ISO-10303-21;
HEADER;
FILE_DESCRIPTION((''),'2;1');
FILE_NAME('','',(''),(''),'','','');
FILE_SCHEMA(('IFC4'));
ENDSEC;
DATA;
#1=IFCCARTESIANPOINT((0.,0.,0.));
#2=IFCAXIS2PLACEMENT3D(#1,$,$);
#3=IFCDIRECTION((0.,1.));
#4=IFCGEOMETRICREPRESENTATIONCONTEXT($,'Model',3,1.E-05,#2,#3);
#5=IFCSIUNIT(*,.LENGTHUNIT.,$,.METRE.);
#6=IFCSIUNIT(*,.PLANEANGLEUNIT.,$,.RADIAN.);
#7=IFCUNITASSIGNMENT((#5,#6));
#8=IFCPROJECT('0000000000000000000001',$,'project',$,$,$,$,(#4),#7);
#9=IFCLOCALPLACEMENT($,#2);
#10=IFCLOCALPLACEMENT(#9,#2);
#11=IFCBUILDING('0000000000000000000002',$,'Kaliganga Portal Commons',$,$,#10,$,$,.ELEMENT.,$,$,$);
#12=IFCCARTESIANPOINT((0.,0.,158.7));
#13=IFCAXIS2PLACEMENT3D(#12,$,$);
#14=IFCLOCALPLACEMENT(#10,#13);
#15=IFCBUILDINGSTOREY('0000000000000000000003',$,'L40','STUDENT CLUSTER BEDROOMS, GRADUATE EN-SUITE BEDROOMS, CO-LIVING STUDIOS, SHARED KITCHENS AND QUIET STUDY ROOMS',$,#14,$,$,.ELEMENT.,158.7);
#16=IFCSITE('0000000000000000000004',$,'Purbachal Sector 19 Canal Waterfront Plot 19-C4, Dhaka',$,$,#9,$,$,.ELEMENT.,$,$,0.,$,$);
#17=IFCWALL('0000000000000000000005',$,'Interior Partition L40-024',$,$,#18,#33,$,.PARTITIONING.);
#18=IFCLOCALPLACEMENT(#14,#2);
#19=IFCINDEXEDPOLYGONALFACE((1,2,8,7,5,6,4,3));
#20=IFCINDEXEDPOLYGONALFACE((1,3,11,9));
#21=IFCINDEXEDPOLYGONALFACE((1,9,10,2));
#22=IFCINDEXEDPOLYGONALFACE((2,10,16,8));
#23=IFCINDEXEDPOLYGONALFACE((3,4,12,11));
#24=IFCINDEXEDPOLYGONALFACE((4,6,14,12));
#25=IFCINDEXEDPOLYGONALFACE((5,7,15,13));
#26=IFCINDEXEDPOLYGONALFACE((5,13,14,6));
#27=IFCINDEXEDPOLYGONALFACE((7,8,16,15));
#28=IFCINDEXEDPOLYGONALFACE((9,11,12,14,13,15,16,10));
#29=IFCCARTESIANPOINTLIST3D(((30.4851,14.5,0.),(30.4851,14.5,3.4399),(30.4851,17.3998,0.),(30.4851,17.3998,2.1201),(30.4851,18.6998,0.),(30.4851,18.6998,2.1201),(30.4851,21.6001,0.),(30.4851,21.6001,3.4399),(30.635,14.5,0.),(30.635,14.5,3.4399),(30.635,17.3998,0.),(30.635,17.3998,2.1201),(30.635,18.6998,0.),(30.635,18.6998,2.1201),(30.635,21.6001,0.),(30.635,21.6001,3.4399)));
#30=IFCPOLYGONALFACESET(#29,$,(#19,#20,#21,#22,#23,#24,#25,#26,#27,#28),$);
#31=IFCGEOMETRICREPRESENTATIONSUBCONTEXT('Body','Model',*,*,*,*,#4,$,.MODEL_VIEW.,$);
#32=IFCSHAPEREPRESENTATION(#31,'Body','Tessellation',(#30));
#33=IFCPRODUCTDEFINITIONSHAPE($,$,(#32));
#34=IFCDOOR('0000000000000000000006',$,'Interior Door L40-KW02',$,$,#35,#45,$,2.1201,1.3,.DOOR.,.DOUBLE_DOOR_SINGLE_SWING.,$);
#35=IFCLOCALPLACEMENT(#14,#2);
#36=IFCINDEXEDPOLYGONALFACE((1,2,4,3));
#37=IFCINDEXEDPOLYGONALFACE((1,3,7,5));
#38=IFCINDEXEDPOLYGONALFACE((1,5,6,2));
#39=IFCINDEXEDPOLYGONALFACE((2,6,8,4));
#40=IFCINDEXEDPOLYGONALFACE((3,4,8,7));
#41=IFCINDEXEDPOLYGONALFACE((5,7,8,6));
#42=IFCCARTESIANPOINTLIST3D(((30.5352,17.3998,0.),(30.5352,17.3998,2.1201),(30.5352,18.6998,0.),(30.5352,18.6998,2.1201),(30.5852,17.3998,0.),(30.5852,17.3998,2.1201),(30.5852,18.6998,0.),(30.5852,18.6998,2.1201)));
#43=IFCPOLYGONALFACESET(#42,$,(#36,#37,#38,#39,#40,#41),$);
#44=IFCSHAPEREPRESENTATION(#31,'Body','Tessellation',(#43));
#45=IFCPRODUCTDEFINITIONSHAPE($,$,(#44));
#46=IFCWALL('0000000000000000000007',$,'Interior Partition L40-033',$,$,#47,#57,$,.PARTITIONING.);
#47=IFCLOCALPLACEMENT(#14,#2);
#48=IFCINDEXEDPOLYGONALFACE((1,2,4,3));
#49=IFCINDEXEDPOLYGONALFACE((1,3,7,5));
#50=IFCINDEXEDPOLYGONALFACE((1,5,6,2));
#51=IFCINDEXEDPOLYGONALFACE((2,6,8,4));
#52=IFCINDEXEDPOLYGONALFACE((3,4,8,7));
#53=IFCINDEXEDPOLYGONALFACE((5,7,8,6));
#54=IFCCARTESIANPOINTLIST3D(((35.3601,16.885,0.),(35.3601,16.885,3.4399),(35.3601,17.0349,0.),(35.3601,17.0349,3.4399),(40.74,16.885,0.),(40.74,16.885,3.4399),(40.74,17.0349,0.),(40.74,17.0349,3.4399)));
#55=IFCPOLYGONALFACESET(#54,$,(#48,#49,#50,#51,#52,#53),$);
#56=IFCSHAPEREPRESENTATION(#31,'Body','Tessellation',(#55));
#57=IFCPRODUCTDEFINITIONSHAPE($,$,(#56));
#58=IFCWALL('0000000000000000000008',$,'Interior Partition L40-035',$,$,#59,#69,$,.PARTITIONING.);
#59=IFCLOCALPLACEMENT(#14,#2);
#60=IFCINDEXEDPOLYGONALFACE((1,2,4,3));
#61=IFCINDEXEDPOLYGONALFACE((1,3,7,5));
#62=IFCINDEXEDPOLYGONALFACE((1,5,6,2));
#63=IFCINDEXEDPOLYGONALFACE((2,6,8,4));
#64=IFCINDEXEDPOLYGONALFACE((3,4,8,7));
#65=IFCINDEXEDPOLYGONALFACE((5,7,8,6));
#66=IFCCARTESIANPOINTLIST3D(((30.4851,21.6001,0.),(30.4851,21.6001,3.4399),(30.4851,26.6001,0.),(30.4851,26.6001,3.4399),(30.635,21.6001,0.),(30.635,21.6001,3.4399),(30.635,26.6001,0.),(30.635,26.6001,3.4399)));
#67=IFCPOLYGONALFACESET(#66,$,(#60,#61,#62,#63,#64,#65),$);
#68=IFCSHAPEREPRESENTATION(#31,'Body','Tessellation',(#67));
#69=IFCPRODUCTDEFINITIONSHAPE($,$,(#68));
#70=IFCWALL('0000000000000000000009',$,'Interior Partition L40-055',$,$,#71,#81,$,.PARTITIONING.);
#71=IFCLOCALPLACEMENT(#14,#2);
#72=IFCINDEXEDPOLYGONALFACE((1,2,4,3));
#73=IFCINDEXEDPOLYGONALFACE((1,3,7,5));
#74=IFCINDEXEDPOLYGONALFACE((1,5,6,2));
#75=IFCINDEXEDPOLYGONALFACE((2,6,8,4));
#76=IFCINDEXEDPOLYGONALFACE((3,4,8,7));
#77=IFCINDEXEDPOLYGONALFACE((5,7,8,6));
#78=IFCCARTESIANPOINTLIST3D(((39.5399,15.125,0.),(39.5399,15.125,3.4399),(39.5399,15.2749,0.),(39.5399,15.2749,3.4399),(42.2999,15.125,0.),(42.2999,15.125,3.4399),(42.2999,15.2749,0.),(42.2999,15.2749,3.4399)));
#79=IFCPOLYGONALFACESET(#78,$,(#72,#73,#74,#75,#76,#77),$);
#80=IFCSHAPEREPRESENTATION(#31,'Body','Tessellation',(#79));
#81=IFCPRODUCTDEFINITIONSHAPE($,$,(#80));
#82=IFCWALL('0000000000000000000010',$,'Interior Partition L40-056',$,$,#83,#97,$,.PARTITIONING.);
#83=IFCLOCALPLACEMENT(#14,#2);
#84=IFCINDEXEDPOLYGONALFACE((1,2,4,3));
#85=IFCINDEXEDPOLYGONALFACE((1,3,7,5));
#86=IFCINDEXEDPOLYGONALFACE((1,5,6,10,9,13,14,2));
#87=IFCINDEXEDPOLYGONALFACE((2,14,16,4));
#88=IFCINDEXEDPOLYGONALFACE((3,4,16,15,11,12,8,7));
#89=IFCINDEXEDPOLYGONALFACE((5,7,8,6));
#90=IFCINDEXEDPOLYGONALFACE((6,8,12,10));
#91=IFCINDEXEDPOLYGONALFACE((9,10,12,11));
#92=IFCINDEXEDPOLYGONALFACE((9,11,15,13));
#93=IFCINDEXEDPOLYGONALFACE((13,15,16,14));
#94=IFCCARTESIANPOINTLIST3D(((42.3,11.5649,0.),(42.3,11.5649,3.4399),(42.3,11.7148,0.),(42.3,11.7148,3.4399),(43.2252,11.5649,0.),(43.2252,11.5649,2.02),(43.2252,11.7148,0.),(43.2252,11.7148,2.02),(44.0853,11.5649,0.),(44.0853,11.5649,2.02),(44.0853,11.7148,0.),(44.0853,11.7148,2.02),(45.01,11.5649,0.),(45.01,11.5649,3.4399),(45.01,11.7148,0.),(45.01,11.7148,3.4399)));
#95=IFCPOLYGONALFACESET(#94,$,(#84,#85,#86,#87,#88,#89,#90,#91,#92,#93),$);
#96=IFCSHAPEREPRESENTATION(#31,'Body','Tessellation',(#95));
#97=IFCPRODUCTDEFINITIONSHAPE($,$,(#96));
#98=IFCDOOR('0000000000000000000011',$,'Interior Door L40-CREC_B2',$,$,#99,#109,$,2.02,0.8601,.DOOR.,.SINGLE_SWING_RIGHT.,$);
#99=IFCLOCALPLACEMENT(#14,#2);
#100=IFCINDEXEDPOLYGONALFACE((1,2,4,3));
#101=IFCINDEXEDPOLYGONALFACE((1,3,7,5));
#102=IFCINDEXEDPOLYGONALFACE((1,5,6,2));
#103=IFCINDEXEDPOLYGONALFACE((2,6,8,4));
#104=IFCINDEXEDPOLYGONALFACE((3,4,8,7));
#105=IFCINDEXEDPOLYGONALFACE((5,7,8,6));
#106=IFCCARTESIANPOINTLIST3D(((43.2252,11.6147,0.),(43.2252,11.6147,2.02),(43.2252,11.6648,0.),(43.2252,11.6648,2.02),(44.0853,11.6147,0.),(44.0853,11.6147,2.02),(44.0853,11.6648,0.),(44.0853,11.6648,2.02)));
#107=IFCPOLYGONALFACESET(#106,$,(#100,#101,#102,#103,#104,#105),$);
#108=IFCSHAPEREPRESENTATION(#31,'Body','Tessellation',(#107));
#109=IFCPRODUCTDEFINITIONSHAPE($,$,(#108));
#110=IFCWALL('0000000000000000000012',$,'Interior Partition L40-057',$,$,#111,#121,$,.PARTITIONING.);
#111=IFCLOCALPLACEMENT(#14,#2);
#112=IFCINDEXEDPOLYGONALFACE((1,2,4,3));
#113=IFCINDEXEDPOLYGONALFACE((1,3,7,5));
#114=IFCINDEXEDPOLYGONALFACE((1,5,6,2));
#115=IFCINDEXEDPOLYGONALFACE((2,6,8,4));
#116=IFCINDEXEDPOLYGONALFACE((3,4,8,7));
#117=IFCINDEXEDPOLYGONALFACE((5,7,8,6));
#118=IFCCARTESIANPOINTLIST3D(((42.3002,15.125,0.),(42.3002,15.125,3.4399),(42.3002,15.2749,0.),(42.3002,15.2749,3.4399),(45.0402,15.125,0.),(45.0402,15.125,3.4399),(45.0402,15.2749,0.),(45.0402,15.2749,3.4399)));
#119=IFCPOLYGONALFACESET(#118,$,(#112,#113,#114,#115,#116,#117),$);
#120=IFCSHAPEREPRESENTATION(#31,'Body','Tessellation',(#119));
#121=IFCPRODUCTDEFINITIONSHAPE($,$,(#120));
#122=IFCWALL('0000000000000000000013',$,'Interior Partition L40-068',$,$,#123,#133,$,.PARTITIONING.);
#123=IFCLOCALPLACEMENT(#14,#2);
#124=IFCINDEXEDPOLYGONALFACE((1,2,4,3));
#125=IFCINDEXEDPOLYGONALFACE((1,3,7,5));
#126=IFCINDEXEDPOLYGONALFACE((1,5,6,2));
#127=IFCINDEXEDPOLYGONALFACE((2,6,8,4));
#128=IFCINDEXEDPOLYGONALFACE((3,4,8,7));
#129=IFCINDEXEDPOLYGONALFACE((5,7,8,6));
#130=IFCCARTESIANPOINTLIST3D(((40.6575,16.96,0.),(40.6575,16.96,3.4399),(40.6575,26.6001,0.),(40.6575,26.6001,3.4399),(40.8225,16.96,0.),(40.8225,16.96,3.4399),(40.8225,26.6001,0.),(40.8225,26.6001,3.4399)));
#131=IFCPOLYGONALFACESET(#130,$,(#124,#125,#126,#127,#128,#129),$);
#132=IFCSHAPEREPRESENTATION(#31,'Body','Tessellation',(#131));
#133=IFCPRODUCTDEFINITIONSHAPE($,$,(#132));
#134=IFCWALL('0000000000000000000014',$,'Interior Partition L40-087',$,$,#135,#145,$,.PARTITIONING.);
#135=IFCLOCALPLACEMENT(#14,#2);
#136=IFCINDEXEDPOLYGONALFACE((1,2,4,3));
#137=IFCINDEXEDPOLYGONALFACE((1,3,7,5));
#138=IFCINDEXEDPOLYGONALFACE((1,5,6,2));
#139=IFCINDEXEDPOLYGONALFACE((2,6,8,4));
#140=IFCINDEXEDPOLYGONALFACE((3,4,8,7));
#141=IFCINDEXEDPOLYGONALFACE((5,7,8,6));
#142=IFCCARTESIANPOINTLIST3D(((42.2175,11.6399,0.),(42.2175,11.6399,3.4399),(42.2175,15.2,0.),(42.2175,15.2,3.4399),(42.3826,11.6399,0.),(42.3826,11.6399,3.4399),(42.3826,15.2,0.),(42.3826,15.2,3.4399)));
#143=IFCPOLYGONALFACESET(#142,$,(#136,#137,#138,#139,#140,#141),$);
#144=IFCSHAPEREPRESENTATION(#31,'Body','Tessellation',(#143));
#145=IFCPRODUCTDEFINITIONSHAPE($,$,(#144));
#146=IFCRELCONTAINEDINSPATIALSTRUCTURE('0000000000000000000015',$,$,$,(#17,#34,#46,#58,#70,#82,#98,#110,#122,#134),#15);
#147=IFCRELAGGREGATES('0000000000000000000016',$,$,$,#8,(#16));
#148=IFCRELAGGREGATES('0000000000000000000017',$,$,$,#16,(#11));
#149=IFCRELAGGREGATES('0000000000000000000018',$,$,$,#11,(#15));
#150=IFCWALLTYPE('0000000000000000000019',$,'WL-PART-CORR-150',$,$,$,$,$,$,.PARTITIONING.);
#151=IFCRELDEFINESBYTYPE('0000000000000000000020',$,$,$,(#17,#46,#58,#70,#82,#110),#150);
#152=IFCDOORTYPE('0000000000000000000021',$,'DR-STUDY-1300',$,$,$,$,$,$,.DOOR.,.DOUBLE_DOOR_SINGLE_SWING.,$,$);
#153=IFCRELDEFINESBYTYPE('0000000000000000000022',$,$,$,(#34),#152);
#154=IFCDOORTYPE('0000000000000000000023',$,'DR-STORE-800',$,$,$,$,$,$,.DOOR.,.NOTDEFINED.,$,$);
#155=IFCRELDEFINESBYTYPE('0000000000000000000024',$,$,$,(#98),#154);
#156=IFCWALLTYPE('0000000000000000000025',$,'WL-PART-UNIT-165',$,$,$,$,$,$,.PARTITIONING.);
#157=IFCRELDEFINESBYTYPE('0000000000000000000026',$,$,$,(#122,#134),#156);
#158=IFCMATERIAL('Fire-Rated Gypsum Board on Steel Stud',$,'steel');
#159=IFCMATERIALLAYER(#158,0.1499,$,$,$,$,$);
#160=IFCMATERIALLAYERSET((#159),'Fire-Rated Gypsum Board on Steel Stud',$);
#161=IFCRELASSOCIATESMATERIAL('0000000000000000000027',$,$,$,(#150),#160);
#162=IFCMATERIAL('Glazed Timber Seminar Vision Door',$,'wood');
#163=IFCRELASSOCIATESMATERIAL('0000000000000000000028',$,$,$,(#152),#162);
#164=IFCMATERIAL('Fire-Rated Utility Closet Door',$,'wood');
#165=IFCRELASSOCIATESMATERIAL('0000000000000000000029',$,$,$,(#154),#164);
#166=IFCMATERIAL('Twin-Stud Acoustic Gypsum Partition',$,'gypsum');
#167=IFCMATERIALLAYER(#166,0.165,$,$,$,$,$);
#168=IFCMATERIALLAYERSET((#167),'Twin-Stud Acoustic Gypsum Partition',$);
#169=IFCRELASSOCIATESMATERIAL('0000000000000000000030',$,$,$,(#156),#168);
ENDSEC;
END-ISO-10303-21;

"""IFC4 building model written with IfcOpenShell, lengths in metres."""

from ifc_helpers import new_model, si_unit, direction, frame, frame_2d, origin, place, context, subcontext, project, spatial, rectangle, extrude, material, layer, layer_set, type_object, element, fill, save


model = new_model("IFC4")

# Units and contexts
model_context = context("Model", 3, precision=1e-05, world=origin(), true_north=direction((0.0, 1.0)))
body_context = subcontext(model_context, "Body", "Model", "MODEL_VIEW")
ifc_project = project(units=[si_unit("LENGTHUNIT", "METRE"), si_unit("PLANEANGLEUNIT", "RADIAN")], contexts=[model_context])

# Site, building, storey
site_placement = place(None, origin())
site = spatial("IfcSite", under=ifc_project, at=site_placement, Name="Purbachal Sector 19 Canal Waterfront Plot 19-C4, Dhaka", CompositionType="ELEMENT", RefElevation=0.0)
building_placement = place(site_placement, origin())
building = spatial("IfcBuilding", under=site, at=building_placement, Name="Kaliganga Portal Commons", CompositionType="ELEMENT")
storey_placement = place(building_placement, frame((0.0, 0.0, 158.7)))
storey = spatial("IfcBuildingStorey", under=building, at=storey_placement, Name="L40", Description="STUDENT CLUSTER BEDROOMS, GRADUATE EN-SUITE BEDROOMS, CO-LIVING STUDIOS, SHARED KITCHENS AND QUIET STUDY ROOMS", CompositionType="ELEMENT", Elevation=158.7)

# Wall, opening, door
ifc_material_1 = material(Name="Fire-Rated Gypsum Board on Steel Stud", Category="steel")
ifc_layer_1 = layer(ifc_material_1, 0.1499)
ifc_layer_set_1 = layer_set([ifc_layer_1], Name="Fire-Rated Gypsum Board on Steel Stud")
wall_type_1 = type_object("IfcWallType", Name="WL-PART-CORR-150", PredefinedType="PARTITIONING", material=ifc_layer_set_1)
ifc_material_2 = material(Name="Glazed Timber Seminar Vision Door", Category="wood")
door_type_1 = type_object("IfcDoorType", Name="DR-STUDY-1300", OperationType="DOUBLE_DOOR_SINGLE_SWING", PredefinedType="DOOR", material=ifc_material_2)
wall_1_placement = place(storey_placement, frame((30.5601, 14.5, 0.0), z_axis=(0.0, 0.0, 1.0), x_axis=(0.0, 1.0, 0.0)))
wall_1 = element("IfcWall", 1, at=wall_1_placement, inside=storey, type_object=wall_type_1, Name="Interior Partition L40-024", PredefinedType="PARTITIONING", context=body_context, shape_type="SweptSolid", body=[
    extrude(rectangle(XDim=7.1001, YDim=0.1499, at=frame_2d((3.55, 0.0))), origin(), (0.0, 0.0, 1.0), 3.4399),
])
opening_1_placement = place(wall_1_placement, frame((2.8999, 0.0, 0.0)))
opening_1 = element("IfcOpeningElement", 2, at=opening_1_placement, cuts=wall_1, PredefinedType="OPENING", context=body_context, shape_type="SweptSolid", body=[
    extrude(rectangle(XDim=1.3, YDim=2.1201, at=frame_2d((0.6499, 1.0601))), frame((0.0, 0.085, 0.0), z_axis=(0.0, -1.0, 0.0), x_axis=(1.0, 0.0, 0.0)), (0.0, 0.0, 1.0), 0.1699),
])
door_1_placement = place(opening_1_placement, origin())
door_1 = element("IfcDoor", 3, at=door_1_placement, inside=storey, type_object=door_type_1, Name="Interior Door L40-KW02", OperationType="DOUBLE_DOOR_SINGLE_SWING", OverallHeight=2.1201, OverallWidth=1.3, PredefinedType="DOOR", context=body_context, shape_type="SweptSolid", body=[
    extrude(rectangle(XDim=1.3, YDim=2.1201, at=frame_2d((0.6499, 1.0601))), frame((0.0, 0.0249, 0.0), z_axis=(0.0, -1.0, 0.0), x_axis=(1.0, 0.0, 0.0)), (0.0, 0.0, 1.0), 0.05),
])
fill(opening_1, door_1)

# Walls
wall_2_placement = place(storey_placement, frame((35.3601, 16.96, 0.0), z_axis=(0.0, 0.0, 1.0), x_axis=(1.0, 0.0, 0.0)))
element("IfcWall", 4, at=wall_2_placement, inside=storey, type_object=wall_type_1, Name="Interior Partition L40-033", PredefinedType="PARTITIONING", context=body_context, shape_type="SweptSolid", body=[
    extrude(rectangle(XDim=5.3799, YDim=0.1499, at=frame_2d((2.6899, 0.0))), origin(), (0.0, 0.0, 1.0), 3.4399),
])
wall_3_placement = place(storey_placement, frame((30.5601, 21.6001, 0.0), z_axis=(0.0, 0.0, 1.0), x_axis=(0.0, 1.0, 0.0)))
element("IfcWall", 5, at=wall_3_placement, inside=storey, type_object=wall_type_1, Name="Interior Partition L40-035", PredefinedType="PARTITIONING", context=body_context, shape_type="SweptSolid", body=[
    extrude(rectangle(XDim=5.0, YDim=0.1499, at=frame_2d((2.5, 0.0))), origin(), (0.0, 0.0, 1.0), 3.4399),
])

# Wall
wall_4_placement = place(storey_placement, frame((39.54, 15.2, 0.0), z_axis=(0.0, 0.0, 1.0), x_axis=(1.0, 0.0, 0.0)))
element("IfcWall", 6, at=wall_4_placement, inside=storey, type_object=wall_type_1, Name="Interior Partition L40-055", PredefinedType="PARTITIONING", context=body_context, shape_type="SweptSolid", body=[
    extrude(rectangle(XDim=2.76, YDim=0.1499, at=frame_2d((1.3799, 0.0))), origin(), (0.0, 0.0, 1.0), 3.4399),
])

# Wall, opening, door
wall_5_placement = place(storey_placement, frame((42.3, 11.6399, 0.0), z_axis=(0.0, 0.0, 1.0), x_axis=(1.0, 0.0, 0.0)))
wall_5 = element("IfcWall", 7, at=wall_5_placement, inside=storey, type_object=wall_type_1, Name="Interior Partition L40-056", PredefinedType="PARTITIONING", context=body_context, shape_type="SweptSolid", body=[
    extrude(rectangle(XDim=2.71, YDim=0.1499, at=frame_2d((1.355, 0.0))), origin(), (0.0, 0.0, 1.0), 3.4399),
])
opening_2_placement = place(wall_5_placement, frame((0.925, 0.0, 0.0)))
opening_2 = element("IfcOpeningElement", 8, at=opening_2_placement, cuts=wall_5, PredefinedType="OPENING", context=body_context, shape_type="SweptSolid", body=[
    extrude(rectangle(XDim=0.8601, YDim=2.02, at=frame_2d((0.4302, 1.01))), frame((0.0, 0.085, 0.0), z_axis=(0.0, -1.0, 0.0), x_axis=(1.0, 0.0, 0.0)), (0.0, 0.0, 1.0), 0.1699),
])
ifc_material_3 = material(Name="Fire-Rated Utility Closet Door", Category="wood")
door_type_2 = type_object("IfcDoorType", Name="DR-STORE-800", OperationType="NOTDEFINED", PredefinedType="DOOR", material=ifc_material_3)
door_2_placement = place(opening_2_placement, origin())
door_2 = element("IfcDoor", 9, at=door_2_placement, inside=storey, type_object=door_type_2, Name="Interior Door L40-CREC_B2", OperationType="SINGLE_SWING_RIGHT", OverallHeight=2.02, OverallWidth=0.8601, PredefinedType="DOOR", context=body_context, shape_type="SweptSolid", body=[
    extrude(rectangle(XDim=0.8601, YDim=2.02, at=frame_2d((0.4302, 1.01))), frame((0.0, 0.0249, 0.0), z_axis=(0.0, -1.0, 0.0), x_axis=(1.0, 0.0, 0.0)), (0.0, 0.0, 1.0), 0.05),
])
fill(opening_2, door_2)

# Walls
wall_6_placement = place(storey_placement, frame((42.3, 15.2, 0.0), z_axis=(0.0, 0.0, 1.0), x_axis=(1.0, 0.0, 0.0)))
element("IfcWall", 10, at=wall_6_placement, inside=storey, type_object=wall_type_1, Name="Interior Partition L40-057", PredefinedType="PARTITIONING", context=body_context, shape_type="SweptSolid", body=[
    extrude(rectangle(XDim=2.74, YDim=0.1499, at=frame_2d((1.3701, 0.0))), origin(), (0.0, 0.0, 1.0), 3.4399),
])
ifc_material_4 = material(Name="Twin-Stud Acoustic Gypsum Partition", Category="gypsum")
ifc_layer_2 = layer(ifc_material_4, 0.165)
ifc_layer_set_2 = layer_set([ifc_layer_2], Name="Twin-Stud Acoustic Gypsum Partition")
wall_type_2 = type_object("IfcWallType", Name="WL-PART-UNIT-165", PredefinedType="PARTITIONING", material=ifc_layer_set_2)
wall_7_placement = place(storey_placement, frame((40.74, 16.96, 0.0), z_axis=(0.0, 0.0, 1.0), x_axis=(0.0, 1.0, 0.0)))
element("IfcWall", 11, at=wall_7_placement, inside=storey, type_object=wall_type_2, Name="Interior Partition L40-068", PredefinedType="PARTITIONING", context=body_context, shape_type="SweptSolid", body=[
    extrude(rectangle(XDim=9.6401, YDim=0.165, at=frame_2d((4.8201, 0.0))), origin(), (0.0, 0.0, 1.0), 3.4399),
])
wall_8_placement = place(storey_placement, frame((42.3, 11.6399, 0.0), z_axis=(0.0, 0.0, 1.0), x_axis=(0.0, 1.0, 0.0)))
element("IfcWall", 12, at=wall_8_placement, inside=storey, type_object=wall_type_2, Name="Interior Partition L40-087", PredefinedType="PARTITIONING", context=body_context, shape_type="SweptSolid", body=[
    extrude(rectangle(XDim=3.5601, YDim=0.165, at=frame_2d((1.78, 0.0))), origin(), (0.0, 0.0, 1.0), 3.4399),
])

save(model, "model.ifc")
